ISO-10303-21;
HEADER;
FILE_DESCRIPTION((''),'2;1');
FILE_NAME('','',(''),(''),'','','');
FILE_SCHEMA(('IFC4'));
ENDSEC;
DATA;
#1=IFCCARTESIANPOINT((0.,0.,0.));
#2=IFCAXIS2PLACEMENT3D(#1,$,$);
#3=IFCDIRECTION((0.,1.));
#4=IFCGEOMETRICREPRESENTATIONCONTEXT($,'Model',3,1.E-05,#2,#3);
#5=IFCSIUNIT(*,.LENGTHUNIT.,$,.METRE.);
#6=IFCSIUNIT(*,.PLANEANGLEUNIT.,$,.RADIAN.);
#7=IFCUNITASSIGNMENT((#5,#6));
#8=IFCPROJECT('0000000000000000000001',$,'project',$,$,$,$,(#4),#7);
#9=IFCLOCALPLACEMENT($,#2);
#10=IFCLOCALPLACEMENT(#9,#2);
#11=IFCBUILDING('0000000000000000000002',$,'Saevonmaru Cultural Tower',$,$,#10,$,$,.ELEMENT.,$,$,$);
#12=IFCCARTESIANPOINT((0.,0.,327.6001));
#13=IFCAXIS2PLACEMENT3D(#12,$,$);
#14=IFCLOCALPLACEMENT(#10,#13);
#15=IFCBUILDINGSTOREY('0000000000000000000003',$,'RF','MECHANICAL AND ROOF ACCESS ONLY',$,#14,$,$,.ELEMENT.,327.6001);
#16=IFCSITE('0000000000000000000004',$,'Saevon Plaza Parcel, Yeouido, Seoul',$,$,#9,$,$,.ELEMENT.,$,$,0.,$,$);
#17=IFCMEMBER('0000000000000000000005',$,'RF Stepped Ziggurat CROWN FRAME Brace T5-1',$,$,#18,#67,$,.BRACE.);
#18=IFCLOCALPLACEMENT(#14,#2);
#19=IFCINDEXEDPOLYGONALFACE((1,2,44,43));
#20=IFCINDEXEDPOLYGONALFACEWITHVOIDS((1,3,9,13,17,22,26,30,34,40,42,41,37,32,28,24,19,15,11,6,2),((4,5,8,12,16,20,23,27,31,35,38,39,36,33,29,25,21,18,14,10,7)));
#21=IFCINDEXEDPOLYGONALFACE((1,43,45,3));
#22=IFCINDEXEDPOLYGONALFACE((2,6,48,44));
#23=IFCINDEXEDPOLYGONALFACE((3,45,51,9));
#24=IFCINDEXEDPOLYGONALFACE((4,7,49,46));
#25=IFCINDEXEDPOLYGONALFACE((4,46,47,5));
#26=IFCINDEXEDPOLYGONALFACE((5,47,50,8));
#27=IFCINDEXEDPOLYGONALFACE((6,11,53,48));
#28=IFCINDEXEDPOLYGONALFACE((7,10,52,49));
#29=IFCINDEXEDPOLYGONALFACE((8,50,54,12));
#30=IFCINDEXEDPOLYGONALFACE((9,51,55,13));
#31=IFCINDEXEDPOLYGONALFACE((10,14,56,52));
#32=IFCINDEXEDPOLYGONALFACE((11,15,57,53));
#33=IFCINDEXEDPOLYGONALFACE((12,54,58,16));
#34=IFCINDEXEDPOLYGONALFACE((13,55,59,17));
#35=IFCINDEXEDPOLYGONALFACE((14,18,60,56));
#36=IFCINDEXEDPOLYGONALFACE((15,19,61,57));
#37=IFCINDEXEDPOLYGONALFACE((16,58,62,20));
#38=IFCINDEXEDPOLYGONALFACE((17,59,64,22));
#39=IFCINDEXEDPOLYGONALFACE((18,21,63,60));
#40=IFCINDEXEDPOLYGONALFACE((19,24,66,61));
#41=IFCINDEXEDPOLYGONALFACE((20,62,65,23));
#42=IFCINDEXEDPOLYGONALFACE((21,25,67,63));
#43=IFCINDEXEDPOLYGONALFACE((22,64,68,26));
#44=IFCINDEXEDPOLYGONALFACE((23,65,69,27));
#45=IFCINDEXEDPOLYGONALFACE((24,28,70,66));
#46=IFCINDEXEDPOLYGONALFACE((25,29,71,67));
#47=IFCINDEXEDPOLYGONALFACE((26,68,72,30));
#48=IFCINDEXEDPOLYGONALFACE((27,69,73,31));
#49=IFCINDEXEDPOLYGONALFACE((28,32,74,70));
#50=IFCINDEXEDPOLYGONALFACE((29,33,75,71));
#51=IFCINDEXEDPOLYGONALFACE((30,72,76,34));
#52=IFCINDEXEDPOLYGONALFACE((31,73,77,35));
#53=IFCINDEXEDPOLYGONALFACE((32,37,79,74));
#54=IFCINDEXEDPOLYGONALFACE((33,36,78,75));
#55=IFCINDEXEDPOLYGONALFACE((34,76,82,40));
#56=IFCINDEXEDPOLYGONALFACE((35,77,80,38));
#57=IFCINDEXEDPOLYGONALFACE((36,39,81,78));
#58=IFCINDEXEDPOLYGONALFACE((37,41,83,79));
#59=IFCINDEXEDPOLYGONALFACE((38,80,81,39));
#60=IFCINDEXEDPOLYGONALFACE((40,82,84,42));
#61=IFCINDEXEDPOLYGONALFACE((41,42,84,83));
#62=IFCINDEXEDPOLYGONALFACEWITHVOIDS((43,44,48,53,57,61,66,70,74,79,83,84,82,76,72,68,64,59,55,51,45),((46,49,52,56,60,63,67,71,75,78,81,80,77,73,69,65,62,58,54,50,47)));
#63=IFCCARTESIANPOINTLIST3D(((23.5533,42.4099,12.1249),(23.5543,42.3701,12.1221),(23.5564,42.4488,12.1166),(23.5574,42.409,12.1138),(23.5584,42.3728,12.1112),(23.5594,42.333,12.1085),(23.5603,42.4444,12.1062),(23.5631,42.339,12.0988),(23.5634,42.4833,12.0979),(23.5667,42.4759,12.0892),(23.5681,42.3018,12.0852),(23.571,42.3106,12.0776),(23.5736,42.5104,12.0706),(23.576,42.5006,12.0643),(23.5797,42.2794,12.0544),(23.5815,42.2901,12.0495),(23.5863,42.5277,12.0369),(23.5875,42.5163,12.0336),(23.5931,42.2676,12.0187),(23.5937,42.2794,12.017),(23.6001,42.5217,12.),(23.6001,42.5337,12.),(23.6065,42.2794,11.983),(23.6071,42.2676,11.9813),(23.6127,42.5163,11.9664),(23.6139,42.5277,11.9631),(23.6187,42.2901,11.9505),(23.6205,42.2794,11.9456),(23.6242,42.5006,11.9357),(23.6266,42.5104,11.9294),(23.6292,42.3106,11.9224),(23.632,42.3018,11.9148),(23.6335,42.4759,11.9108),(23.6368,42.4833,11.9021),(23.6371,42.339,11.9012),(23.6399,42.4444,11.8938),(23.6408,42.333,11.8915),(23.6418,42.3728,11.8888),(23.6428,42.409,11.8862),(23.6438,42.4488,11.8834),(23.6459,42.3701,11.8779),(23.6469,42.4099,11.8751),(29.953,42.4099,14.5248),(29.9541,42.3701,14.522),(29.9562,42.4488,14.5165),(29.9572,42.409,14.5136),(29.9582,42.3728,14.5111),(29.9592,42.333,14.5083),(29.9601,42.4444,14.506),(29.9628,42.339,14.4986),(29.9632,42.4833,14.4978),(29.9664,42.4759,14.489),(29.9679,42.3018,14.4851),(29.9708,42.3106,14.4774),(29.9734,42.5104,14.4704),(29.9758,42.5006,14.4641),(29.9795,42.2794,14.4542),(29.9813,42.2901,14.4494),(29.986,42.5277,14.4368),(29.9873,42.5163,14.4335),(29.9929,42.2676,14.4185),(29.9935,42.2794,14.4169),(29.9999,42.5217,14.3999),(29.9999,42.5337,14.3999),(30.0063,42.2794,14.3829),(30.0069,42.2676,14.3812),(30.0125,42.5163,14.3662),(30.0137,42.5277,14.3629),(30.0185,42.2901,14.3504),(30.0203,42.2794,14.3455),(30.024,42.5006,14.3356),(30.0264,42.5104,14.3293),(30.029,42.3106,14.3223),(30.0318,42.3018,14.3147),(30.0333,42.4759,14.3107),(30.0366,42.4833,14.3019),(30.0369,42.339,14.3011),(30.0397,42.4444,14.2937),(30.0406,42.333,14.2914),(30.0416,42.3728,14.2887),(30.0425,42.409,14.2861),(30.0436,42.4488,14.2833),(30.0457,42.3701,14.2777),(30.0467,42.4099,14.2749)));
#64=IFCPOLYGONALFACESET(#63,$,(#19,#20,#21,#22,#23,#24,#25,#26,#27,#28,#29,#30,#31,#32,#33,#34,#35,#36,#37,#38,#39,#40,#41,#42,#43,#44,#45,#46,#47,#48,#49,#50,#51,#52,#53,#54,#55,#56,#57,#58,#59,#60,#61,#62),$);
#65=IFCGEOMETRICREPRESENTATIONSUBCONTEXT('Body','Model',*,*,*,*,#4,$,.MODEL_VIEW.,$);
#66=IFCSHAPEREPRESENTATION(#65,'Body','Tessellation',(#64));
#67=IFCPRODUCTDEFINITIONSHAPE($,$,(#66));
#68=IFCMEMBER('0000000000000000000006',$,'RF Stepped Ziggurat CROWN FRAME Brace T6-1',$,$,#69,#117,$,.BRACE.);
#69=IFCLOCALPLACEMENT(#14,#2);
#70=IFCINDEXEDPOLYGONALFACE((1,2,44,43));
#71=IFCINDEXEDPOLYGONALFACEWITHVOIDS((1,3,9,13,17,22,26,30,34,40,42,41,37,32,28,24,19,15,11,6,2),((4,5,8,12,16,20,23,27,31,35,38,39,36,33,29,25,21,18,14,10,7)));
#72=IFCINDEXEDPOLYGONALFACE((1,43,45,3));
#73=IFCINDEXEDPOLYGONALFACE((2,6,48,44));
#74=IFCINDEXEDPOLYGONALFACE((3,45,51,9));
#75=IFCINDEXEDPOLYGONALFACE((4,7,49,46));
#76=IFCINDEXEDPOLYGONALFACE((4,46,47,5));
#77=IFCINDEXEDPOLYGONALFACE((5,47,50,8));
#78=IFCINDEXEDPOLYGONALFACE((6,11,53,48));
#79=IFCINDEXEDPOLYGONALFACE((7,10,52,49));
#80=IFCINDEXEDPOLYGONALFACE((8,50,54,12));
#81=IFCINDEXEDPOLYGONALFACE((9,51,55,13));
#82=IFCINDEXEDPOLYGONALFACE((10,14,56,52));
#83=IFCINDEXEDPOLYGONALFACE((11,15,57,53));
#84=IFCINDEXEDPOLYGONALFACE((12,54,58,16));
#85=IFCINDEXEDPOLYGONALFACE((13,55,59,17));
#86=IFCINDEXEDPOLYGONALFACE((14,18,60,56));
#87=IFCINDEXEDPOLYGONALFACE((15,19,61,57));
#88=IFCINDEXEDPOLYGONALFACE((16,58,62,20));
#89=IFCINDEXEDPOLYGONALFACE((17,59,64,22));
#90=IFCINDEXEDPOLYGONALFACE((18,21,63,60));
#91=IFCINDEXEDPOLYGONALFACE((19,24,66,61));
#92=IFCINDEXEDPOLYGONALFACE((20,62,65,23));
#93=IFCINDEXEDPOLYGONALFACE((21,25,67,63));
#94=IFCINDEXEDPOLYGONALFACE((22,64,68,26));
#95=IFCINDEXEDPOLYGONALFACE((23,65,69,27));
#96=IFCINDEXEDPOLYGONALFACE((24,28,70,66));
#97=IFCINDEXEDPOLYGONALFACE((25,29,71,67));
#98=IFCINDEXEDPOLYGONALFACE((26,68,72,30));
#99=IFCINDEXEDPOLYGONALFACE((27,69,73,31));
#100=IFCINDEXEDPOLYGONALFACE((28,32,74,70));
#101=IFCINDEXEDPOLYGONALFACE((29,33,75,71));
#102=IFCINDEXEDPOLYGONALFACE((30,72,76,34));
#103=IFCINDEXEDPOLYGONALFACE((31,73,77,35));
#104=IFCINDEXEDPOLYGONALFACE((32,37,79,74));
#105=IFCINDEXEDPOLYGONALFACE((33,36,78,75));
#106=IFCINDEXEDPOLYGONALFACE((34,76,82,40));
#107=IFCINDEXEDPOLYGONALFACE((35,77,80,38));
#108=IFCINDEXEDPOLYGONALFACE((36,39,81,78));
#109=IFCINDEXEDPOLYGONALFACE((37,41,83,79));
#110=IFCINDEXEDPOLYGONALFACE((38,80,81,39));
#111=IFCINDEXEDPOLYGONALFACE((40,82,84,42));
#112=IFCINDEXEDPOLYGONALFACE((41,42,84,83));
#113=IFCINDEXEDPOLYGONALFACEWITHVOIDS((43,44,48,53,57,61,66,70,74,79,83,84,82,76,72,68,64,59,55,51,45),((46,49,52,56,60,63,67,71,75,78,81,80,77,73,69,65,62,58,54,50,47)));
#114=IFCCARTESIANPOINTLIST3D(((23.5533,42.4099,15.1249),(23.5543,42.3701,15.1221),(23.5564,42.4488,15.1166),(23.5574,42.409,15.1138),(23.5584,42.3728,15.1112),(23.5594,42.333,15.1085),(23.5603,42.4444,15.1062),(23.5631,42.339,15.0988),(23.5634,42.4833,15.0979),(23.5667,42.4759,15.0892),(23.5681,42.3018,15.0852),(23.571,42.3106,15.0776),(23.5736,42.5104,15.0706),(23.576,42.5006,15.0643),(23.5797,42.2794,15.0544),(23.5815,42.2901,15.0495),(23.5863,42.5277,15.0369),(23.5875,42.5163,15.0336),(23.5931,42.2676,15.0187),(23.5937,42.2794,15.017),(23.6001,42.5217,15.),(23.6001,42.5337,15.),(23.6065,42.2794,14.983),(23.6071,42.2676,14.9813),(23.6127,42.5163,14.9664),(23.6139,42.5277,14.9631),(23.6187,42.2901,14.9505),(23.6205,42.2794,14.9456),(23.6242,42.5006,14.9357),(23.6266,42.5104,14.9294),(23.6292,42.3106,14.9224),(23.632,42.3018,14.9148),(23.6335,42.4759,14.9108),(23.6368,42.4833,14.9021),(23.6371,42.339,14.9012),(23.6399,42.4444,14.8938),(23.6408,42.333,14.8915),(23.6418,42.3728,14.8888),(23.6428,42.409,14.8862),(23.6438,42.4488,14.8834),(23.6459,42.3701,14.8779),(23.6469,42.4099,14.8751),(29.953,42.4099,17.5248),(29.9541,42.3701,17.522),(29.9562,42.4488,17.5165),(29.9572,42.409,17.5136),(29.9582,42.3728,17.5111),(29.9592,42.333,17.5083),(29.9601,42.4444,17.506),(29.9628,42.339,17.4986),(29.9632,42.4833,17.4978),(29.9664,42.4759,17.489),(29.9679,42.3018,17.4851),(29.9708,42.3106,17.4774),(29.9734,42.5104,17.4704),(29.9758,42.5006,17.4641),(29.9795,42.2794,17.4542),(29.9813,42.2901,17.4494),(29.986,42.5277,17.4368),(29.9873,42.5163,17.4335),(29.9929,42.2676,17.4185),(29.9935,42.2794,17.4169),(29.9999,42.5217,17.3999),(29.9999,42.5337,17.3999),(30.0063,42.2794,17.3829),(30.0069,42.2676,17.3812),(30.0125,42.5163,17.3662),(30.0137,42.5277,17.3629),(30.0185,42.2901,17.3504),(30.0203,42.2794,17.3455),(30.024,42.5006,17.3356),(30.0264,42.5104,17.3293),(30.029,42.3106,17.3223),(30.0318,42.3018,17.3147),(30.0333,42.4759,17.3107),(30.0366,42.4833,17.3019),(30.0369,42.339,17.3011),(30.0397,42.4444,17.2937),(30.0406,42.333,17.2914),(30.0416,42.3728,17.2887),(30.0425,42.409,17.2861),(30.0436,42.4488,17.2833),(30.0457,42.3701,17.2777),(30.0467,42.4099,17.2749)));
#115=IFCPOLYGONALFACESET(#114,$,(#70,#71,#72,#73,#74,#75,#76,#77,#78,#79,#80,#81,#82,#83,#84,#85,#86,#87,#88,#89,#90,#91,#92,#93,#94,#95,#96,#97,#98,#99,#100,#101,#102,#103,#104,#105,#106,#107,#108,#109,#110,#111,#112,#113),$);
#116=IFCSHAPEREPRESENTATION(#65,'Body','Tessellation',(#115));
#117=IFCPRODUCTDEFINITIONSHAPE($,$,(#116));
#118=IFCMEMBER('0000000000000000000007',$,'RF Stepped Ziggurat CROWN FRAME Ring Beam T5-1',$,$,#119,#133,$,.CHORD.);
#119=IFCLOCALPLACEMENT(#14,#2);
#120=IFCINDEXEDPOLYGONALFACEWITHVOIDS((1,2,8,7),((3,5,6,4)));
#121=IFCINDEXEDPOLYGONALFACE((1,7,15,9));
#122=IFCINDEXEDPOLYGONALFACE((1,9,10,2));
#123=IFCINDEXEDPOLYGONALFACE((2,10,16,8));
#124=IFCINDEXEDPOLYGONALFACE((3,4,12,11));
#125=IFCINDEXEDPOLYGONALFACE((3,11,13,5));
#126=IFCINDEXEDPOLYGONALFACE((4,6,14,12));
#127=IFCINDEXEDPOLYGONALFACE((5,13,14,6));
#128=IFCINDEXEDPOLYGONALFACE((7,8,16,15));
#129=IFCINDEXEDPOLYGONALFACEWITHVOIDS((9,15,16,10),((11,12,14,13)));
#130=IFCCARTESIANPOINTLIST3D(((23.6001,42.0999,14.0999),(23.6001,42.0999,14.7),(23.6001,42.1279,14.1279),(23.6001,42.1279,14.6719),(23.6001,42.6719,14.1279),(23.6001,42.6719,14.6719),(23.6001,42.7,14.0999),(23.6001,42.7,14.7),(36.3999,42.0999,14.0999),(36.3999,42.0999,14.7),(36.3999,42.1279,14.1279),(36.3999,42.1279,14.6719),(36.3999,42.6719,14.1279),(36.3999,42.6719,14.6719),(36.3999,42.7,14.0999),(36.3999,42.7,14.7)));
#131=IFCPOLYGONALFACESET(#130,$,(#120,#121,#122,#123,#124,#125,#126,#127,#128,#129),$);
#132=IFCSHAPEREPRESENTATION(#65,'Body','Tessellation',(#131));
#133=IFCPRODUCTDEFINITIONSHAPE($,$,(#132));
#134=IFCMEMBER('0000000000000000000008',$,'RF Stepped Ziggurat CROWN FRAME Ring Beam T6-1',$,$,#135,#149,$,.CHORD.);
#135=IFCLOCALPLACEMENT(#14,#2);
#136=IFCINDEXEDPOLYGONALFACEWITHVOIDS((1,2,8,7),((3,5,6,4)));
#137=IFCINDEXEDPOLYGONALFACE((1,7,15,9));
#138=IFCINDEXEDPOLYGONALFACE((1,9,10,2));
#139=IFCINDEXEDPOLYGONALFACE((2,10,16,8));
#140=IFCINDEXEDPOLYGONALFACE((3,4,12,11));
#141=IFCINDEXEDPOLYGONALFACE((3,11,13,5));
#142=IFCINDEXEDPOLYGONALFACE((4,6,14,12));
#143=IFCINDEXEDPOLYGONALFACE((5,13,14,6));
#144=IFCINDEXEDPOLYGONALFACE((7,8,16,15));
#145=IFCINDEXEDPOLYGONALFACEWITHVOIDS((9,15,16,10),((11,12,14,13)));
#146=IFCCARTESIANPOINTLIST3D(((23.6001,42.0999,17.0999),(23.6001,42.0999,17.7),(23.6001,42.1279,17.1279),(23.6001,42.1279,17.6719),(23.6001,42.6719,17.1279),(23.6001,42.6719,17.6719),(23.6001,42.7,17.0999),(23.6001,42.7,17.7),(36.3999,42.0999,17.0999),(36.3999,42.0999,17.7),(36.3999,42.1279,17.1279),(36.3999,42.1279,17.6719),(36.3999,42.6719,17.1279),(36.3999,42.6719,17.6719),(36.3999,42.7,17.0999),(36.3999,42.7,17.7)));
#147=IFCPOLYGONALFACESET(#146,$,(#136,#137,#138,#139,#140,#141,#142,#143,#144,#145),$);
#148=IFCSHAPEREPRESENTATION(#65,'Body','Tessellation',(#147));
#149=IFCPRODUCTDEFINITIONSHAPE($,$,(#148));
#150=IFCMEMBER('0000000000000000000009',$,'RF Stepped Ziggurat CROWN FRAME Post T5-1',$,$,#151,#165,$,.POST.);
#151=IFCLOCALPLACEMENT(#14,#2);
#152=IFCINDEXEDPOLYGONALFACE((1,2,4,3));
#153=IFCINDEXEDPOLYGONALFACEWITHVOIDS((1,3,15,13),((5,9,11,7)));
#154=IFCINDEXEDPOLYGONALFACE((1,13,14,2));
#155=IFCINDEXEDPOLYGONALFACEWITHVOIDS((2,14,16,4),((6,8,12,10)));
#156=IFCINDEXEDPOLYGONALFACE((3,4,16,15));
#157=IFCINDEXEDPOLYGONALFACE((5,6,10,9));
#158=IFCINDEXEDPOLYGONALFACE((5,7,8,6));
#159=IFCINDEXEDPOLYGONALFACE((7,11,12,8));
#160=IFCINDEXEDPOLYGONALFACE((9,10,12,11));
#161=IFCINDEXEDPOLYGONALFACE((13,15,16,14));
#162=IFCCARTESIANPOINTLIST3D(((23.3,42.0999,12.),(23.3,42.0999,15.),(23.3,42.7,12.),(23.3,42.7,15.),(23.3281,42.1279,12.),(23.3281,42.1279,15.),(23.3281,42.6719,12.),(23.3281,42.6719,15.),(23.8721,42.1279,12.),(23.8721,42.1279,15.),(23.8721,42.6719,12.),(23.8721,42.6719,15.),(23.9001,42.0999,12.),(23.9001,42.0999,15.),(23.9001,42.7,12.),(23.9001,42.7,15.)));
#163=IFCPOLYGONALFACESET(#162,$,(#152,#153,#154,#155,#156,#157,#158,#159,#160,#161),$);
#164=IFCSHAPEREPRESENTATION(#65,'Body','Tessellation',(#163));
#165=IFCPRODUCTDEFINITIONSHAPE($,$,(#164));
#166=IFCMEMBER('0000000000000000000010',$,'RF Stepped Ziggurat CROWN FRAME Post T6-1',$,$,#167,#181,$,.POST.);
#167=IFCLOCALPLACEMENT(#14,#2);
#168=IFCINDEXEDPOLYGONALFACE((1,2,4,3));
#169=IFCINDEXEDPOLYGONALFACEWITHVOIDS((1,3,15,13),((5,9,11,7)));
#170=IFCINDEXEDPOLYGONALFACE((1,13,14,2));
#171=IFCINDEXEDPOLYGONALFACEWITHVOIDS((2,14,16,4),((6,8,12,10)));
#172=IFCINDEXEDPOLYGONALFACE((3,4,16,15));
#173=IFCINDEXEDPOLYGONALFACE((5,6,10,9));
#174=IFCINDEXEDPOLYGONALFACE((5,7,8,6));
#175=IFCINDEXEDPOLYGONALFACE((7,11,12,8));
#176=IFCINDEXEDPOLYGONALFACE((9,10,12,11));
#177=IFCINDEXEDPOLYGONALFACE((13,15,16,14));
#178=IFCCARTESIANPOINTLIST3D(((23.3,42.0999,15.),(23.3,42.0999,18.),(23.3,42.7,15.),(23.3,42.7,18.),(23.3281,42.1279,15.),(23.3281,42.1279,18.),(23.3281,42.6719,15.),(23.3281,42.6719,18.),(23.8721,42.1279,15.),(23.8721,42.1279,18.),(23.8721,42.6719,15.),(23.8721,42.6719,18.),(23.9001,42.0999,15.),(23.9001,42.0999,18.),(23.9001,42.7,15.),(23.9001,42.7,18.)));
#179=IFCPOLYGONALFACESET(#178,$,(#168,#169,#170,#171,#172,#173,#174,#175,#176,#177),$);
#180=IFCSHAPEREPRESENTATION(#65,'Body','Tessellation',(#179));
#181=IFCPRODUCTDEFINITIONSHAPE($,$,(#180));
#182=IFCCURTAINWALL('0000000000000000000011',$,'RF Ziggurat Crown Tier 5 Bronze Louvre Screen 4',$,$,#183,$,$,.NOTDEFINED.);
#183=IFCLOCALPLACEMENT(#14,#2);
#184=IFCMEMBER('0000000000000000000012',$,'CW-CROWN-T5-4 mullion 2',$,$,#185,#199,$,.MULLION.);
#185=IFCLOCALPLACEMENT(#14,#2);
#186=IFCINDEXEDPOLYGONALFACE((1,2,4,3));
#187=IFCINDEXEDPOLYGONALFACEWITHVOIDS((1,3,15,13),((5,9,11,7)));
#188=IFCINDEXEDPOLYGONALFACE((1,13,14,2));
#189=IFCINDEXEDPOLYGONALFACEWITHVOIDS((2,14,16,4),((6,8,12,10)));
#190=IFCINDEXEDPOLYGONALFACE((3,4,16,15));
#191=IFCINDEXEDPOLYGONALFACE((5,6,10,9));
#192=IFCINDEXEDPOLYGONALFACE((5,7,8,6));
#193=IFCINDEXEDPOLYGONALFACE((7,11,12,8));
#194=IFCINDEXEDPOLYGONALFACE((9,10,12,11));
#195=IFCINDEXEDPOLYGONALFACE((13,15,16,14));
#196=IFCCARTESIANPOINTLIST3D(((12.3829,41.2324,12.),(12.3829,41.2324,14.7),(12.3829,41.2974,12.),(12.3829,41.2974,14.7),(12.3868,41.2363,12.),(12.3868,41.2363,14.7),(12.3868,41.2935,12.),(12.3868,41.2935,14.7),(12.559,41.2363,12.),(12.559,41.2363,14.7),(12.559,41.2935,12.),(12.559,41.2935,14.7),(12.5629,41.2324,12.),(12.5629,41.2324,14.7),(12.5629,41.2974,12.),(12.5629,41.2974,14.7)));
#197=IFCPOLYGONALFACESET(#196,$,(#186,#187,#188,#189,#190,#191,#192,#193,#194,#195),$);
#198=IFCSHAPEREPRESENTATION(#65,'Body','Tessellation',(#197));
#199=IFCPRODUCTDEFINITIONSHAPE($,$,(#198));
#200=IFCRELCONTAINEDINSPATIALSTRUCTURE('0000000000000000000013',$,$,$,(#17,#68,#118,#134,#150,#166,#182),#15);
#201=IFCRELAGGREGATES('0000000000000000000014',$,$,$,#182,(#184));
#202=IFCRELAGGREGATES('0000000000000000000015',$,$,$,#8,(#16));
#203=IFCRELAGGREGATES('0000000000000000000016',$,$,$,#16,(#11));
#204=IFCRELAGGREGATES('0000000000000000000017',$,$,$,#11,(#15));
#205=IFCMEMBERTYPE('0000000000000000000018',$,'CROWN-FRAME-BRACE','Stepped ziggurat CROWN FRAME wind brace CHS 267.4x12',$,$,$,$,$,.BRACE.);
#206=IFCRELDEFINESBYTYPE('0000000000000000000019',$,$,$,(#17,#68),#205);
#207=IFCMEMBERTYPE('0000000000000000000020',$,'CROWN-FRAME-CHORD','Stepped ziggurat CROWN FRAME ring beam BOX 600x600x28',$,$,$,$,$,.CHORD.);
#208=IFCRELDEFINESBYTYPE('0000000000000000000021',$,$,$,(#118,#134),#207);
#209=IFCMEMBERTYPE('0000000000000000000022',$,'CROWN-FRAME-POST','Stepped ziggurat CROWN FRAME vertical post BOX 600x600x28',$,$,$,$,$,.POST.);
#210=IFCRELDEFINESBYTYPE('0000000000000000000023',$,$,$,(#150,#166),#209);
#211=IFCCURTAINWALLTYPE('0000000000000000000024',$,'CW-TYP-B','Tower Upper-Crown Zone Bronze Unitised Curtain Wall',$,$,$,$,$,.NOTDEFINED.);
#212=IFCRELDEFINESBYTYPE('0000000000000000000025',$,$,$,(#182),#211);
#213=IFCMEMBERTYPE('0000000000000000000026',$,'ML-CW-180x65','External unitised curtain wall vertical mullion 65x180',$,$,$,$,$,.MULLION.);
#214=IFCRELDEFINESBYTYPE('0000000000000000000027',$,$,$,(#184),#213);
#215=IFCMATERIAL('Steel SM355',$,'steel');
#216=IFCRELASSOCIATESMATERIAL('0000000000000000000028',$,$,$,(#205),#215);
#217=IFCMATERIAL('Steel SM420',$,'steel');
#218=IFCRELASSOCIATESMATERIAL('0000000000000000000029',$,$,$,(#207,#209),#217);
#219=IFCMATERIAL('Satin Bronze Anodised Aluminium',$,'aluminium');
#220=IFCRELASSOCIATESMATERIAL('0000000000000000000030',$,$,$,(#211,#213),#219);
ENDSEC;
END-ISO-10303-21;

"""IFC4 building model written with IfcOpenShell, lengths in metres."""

from ifc_helpers import new_model, si_unit, direction, frame, origin, origin_2d, place, context, subcontext, project, spatial, hollow_rectangle, hollow_circle, extrude, material, material_profile, profile_set, type_object, element, aggregate, save


model = new_model("IFC4")

# Units and contexts
model_context = context("Model", 3, precision=1e-05, world=origin(), true_north=direction((0.0, 1.0)))
body_context = subcontext(model_context, "Body", "Model", "MODEL_VIEW")
ifc_project = project(units=[si_unit("LENGTHUNIT", "METRE"), si_unit("PLANEANGLEUNIT", "RADIAN")], contexts=[model_context])

# Site, building, storey
site_placement = place(None, origin())
site = spatial("IfcSite", under=ifc_project, at=site_placement, Name="Saevon Plaza Parcel, Yeouido, Seoul", CompositionType="ELEMENT", RefElevation=0.0)
building_placement = place(site_placement, origin())
building = spatial("IfcBuilding", under=site, at=building_placement, Name="Saevonmaru Cultural Tower", CompositionType="ELEMENT")
storey_placement = place(building_placement, frame((0.0, 0.0, 327.6001)))
storey = spatial("IfcBuildingStorey", under=building, at=storey_placement, Name="RF", Description="MECHANICAL AND ROOF ACCESS ONLY", CompositionType="ELEMENT", Elevation=327.6001)

# Members
ifc_material_1 = material(Name="Steel SM355", Category="steel")
ifc_material_profile_1 = material_profile(ifc_material_1, hollow_circle(Radius=0.1338, WallThickness=0.012, at=origin_2d()), Name="CHS-267.4x12")
ifc_profile_set_1 = profile_set([ifc_material_profile_1], Name="Steel SM355")
member_type_1 = type_object("IfcMemberType", Name="CROWN-FRAME-BRACE", Description="Stepped ziggurat CROWN FRAME wind brace CHS 267.4x12", PredefinedType="BRACE", material=ifc_profile_set_1)
for number, where, z_axis, x_axis, name in (
    (1, (23.6001, 42.3999, 12.0), (0.936332, 0.0, 0.351116), (0.0, 1.0, 0.0), "RF Stepped Ziggurat CROWN FRAME Brace T5-1"),
    (2, (23.6001, 42.3999, 15.0), (0.936332, 0.0, 0.351116), (0.0, 1.0, 0.0), "RF Stepped Ziggurat CROWN FRAME Brace T6-1"),
):
    element("IfcMember", number, at=place(storey_placement, frame(where, z_axis=z_axis, x_axis=x_axis)), inside=storey, type_object=member_type_1, Name=name, PredefinedType="BRACE", context=body_context, shape_type="SweptSolid", body=[
        extrude(hollow_circle(Radius=0.1338, WallThickness=0.012, at=origin_2d()), origin(), (0.0, 0.0, 1.0), 6.835),
    ])
ifc_material_2 = material(Name="Steel SM420", Category="steel")
ifc_material_profile_2 = material_profile(ifc_material_2, hollow_rectangle(XDim=0.6001, YDim=0.6001, WallThickness=0.0281, at=origin_2d()), Name="BOX-600x600x28")
ifc_profile_set_2 = profile_set([ifc_material_profile_2], Name="Steel SM420")
member_type_2 = type_object("IfcMemberType", Name="CROWN-FRAME-CHORD", Description="Stepped ziggurat CROWN FRAME ring beam BOX 600x600x28", PredefinedType="CHORD", material=ifc_profile_set_2)
for number, where, z_axis, x_axis, name in (
    (3, (23.6001, 42.3999, 14.3999), (1.0, 0.0, 0.0), (0.0, 1.0, 0.0), "RF Stepped Ziggurat CROWN FRAME Ring Beam T5-1"),
    (4, (23.6001, 42.3999, 17.3999), (1.0, 0.0, 0.0), (0.0, 1.0, 0.0), "RF Stepped Ziggurat CROWN FRAME Ring Beam T6-1"),
):
    element("IfcMember", number, at=place(storey_placement, frame(where, z_axis=z_axis, x_axis=x_axis)), inside=storey, type_object=member_type_2, Name=name, PredefinedType="CHORD", context=body_context, shape_type="SweptSolid", body=[
        extrude(hollow_rectangle(XDim=0.6001, YDim=0.6001, WallThickness=0.0281, at=origin_2d()), origin(), (0.0, 0.0, 1.0), 12.7998),
    ])
ifc_material_profile_3 = material_profile(ifc_material_2, hollow_rectangle(XDim=0.6001, YDim=0.6001, WallThickness=0.0281, at=origin_2d()), Name="BOX-600x600x28")
ifc_profile_set_3 = profile_set([ifc_material_profile_3], Name="Steel SM420")
member_type_3 = type_object("IfcMemberType", Name="CROWN-FRAME-POST", Description="Stepped ziggurat CROWN FRAME vertical post BOX 600x600x28", PredefinedType="POST", material=ifc_profile_set_3)
for number, where, z_axis, x_axis, name in (
    (5, (23.6001, 42.3999, 12.0), (0.0, 0.0, 1.0), (1.0, 0.0, 0.0), "RF Stepped Ziggurat CROWN FRAME Post T5-1"),
    (6, (23.6001, 42.3999, 15.0), (0.0, 0.0, 1.0), (1.0, 0.0, 0.0), "RF Stepped Ziggurat CROWN FRAME Post T6-1"),
):
    element("IfcMember", number, at=place(storey_placement, frame(where, z_axis=z_axis, x_axis=x_axis)), inside=storey, type_object=member_type_3, Name=name, PredefinedType="POST", context=body_context, shape_type="SweptSolid", body=[
        extrude(hollow_rectangle(XDim=0.6001, YDim=0.6001, WallThickness=0.0281, at=origin_2d()), origin(), (0.0, 0.0, 1.0), 3.0),
    ])

# Curtain wall, member
ifc_material_3 = material(Name="Satin Bronze Anodised Aluminium", Category="aluminium")
curtain_wall_type = type_object("IfcCurtainWallType", Name="CW-TYP-B", Description="Tower Upper-Crown Zone Bronze Unitised Curtain Wall", PredefinedType="NOTDEFINED", material=ifc_material_3)
curtain_wall_1_placement = place(storey_placement, origin())
curtain_wall_1 = element("IfcCurtainWall", 7, at=curtain_wall_1_placement, inside=storey, type_object=curtain_wall_type, Name="RF Ziggurat Crown Tier 5 Bronze Louvre Screen 4", PredefinedType="NOTDEFINED")
ifc_material_profile_4 = material_profile(ifc_material_3, hollow_rectangle(XDim=0.0649, YDim=0.1799, WallThickness=0.0039, at=origin_2d()), Name="ALU-MULL-180x65x4")
ifc_profile_set_4 = profile_set([ifc_material_profile_4], Name="Satin Bronze Anodised Aluminium")
member_type_4 = type_object("IfcMemberType", Name="ML-CW-180x65", Description="External unitised curtain wall vertical mullion 65x180", PredefinedType="MULLION", material=ifc_profile_set_4)
member_1_placement = place(storey_placement, frame((12.4729, 41.2649, 12.0), z_axis=(0.0, 0.0, 1.0), x_axis=(0.0, -1.0, 0.0)))
member_1 = element("IfcMember", 8, at=member_1_placement, type_object=member_type_4, Name="CW-CROWN-T5-4 mullion 2", PredefinedType="MULLION", context=body_context, shape_type="SweptSolid", body=[
    extrude(hollow_rectangle(XDim=0.0649, YDim=0.1799, WallThickness=0.0039, at=origin_2d()), origin(), (0.0, 0.0, 1.0), 2.7),
])
aggregate(curtain_wall_1, [member_1])

save(model, "model.ifc")
